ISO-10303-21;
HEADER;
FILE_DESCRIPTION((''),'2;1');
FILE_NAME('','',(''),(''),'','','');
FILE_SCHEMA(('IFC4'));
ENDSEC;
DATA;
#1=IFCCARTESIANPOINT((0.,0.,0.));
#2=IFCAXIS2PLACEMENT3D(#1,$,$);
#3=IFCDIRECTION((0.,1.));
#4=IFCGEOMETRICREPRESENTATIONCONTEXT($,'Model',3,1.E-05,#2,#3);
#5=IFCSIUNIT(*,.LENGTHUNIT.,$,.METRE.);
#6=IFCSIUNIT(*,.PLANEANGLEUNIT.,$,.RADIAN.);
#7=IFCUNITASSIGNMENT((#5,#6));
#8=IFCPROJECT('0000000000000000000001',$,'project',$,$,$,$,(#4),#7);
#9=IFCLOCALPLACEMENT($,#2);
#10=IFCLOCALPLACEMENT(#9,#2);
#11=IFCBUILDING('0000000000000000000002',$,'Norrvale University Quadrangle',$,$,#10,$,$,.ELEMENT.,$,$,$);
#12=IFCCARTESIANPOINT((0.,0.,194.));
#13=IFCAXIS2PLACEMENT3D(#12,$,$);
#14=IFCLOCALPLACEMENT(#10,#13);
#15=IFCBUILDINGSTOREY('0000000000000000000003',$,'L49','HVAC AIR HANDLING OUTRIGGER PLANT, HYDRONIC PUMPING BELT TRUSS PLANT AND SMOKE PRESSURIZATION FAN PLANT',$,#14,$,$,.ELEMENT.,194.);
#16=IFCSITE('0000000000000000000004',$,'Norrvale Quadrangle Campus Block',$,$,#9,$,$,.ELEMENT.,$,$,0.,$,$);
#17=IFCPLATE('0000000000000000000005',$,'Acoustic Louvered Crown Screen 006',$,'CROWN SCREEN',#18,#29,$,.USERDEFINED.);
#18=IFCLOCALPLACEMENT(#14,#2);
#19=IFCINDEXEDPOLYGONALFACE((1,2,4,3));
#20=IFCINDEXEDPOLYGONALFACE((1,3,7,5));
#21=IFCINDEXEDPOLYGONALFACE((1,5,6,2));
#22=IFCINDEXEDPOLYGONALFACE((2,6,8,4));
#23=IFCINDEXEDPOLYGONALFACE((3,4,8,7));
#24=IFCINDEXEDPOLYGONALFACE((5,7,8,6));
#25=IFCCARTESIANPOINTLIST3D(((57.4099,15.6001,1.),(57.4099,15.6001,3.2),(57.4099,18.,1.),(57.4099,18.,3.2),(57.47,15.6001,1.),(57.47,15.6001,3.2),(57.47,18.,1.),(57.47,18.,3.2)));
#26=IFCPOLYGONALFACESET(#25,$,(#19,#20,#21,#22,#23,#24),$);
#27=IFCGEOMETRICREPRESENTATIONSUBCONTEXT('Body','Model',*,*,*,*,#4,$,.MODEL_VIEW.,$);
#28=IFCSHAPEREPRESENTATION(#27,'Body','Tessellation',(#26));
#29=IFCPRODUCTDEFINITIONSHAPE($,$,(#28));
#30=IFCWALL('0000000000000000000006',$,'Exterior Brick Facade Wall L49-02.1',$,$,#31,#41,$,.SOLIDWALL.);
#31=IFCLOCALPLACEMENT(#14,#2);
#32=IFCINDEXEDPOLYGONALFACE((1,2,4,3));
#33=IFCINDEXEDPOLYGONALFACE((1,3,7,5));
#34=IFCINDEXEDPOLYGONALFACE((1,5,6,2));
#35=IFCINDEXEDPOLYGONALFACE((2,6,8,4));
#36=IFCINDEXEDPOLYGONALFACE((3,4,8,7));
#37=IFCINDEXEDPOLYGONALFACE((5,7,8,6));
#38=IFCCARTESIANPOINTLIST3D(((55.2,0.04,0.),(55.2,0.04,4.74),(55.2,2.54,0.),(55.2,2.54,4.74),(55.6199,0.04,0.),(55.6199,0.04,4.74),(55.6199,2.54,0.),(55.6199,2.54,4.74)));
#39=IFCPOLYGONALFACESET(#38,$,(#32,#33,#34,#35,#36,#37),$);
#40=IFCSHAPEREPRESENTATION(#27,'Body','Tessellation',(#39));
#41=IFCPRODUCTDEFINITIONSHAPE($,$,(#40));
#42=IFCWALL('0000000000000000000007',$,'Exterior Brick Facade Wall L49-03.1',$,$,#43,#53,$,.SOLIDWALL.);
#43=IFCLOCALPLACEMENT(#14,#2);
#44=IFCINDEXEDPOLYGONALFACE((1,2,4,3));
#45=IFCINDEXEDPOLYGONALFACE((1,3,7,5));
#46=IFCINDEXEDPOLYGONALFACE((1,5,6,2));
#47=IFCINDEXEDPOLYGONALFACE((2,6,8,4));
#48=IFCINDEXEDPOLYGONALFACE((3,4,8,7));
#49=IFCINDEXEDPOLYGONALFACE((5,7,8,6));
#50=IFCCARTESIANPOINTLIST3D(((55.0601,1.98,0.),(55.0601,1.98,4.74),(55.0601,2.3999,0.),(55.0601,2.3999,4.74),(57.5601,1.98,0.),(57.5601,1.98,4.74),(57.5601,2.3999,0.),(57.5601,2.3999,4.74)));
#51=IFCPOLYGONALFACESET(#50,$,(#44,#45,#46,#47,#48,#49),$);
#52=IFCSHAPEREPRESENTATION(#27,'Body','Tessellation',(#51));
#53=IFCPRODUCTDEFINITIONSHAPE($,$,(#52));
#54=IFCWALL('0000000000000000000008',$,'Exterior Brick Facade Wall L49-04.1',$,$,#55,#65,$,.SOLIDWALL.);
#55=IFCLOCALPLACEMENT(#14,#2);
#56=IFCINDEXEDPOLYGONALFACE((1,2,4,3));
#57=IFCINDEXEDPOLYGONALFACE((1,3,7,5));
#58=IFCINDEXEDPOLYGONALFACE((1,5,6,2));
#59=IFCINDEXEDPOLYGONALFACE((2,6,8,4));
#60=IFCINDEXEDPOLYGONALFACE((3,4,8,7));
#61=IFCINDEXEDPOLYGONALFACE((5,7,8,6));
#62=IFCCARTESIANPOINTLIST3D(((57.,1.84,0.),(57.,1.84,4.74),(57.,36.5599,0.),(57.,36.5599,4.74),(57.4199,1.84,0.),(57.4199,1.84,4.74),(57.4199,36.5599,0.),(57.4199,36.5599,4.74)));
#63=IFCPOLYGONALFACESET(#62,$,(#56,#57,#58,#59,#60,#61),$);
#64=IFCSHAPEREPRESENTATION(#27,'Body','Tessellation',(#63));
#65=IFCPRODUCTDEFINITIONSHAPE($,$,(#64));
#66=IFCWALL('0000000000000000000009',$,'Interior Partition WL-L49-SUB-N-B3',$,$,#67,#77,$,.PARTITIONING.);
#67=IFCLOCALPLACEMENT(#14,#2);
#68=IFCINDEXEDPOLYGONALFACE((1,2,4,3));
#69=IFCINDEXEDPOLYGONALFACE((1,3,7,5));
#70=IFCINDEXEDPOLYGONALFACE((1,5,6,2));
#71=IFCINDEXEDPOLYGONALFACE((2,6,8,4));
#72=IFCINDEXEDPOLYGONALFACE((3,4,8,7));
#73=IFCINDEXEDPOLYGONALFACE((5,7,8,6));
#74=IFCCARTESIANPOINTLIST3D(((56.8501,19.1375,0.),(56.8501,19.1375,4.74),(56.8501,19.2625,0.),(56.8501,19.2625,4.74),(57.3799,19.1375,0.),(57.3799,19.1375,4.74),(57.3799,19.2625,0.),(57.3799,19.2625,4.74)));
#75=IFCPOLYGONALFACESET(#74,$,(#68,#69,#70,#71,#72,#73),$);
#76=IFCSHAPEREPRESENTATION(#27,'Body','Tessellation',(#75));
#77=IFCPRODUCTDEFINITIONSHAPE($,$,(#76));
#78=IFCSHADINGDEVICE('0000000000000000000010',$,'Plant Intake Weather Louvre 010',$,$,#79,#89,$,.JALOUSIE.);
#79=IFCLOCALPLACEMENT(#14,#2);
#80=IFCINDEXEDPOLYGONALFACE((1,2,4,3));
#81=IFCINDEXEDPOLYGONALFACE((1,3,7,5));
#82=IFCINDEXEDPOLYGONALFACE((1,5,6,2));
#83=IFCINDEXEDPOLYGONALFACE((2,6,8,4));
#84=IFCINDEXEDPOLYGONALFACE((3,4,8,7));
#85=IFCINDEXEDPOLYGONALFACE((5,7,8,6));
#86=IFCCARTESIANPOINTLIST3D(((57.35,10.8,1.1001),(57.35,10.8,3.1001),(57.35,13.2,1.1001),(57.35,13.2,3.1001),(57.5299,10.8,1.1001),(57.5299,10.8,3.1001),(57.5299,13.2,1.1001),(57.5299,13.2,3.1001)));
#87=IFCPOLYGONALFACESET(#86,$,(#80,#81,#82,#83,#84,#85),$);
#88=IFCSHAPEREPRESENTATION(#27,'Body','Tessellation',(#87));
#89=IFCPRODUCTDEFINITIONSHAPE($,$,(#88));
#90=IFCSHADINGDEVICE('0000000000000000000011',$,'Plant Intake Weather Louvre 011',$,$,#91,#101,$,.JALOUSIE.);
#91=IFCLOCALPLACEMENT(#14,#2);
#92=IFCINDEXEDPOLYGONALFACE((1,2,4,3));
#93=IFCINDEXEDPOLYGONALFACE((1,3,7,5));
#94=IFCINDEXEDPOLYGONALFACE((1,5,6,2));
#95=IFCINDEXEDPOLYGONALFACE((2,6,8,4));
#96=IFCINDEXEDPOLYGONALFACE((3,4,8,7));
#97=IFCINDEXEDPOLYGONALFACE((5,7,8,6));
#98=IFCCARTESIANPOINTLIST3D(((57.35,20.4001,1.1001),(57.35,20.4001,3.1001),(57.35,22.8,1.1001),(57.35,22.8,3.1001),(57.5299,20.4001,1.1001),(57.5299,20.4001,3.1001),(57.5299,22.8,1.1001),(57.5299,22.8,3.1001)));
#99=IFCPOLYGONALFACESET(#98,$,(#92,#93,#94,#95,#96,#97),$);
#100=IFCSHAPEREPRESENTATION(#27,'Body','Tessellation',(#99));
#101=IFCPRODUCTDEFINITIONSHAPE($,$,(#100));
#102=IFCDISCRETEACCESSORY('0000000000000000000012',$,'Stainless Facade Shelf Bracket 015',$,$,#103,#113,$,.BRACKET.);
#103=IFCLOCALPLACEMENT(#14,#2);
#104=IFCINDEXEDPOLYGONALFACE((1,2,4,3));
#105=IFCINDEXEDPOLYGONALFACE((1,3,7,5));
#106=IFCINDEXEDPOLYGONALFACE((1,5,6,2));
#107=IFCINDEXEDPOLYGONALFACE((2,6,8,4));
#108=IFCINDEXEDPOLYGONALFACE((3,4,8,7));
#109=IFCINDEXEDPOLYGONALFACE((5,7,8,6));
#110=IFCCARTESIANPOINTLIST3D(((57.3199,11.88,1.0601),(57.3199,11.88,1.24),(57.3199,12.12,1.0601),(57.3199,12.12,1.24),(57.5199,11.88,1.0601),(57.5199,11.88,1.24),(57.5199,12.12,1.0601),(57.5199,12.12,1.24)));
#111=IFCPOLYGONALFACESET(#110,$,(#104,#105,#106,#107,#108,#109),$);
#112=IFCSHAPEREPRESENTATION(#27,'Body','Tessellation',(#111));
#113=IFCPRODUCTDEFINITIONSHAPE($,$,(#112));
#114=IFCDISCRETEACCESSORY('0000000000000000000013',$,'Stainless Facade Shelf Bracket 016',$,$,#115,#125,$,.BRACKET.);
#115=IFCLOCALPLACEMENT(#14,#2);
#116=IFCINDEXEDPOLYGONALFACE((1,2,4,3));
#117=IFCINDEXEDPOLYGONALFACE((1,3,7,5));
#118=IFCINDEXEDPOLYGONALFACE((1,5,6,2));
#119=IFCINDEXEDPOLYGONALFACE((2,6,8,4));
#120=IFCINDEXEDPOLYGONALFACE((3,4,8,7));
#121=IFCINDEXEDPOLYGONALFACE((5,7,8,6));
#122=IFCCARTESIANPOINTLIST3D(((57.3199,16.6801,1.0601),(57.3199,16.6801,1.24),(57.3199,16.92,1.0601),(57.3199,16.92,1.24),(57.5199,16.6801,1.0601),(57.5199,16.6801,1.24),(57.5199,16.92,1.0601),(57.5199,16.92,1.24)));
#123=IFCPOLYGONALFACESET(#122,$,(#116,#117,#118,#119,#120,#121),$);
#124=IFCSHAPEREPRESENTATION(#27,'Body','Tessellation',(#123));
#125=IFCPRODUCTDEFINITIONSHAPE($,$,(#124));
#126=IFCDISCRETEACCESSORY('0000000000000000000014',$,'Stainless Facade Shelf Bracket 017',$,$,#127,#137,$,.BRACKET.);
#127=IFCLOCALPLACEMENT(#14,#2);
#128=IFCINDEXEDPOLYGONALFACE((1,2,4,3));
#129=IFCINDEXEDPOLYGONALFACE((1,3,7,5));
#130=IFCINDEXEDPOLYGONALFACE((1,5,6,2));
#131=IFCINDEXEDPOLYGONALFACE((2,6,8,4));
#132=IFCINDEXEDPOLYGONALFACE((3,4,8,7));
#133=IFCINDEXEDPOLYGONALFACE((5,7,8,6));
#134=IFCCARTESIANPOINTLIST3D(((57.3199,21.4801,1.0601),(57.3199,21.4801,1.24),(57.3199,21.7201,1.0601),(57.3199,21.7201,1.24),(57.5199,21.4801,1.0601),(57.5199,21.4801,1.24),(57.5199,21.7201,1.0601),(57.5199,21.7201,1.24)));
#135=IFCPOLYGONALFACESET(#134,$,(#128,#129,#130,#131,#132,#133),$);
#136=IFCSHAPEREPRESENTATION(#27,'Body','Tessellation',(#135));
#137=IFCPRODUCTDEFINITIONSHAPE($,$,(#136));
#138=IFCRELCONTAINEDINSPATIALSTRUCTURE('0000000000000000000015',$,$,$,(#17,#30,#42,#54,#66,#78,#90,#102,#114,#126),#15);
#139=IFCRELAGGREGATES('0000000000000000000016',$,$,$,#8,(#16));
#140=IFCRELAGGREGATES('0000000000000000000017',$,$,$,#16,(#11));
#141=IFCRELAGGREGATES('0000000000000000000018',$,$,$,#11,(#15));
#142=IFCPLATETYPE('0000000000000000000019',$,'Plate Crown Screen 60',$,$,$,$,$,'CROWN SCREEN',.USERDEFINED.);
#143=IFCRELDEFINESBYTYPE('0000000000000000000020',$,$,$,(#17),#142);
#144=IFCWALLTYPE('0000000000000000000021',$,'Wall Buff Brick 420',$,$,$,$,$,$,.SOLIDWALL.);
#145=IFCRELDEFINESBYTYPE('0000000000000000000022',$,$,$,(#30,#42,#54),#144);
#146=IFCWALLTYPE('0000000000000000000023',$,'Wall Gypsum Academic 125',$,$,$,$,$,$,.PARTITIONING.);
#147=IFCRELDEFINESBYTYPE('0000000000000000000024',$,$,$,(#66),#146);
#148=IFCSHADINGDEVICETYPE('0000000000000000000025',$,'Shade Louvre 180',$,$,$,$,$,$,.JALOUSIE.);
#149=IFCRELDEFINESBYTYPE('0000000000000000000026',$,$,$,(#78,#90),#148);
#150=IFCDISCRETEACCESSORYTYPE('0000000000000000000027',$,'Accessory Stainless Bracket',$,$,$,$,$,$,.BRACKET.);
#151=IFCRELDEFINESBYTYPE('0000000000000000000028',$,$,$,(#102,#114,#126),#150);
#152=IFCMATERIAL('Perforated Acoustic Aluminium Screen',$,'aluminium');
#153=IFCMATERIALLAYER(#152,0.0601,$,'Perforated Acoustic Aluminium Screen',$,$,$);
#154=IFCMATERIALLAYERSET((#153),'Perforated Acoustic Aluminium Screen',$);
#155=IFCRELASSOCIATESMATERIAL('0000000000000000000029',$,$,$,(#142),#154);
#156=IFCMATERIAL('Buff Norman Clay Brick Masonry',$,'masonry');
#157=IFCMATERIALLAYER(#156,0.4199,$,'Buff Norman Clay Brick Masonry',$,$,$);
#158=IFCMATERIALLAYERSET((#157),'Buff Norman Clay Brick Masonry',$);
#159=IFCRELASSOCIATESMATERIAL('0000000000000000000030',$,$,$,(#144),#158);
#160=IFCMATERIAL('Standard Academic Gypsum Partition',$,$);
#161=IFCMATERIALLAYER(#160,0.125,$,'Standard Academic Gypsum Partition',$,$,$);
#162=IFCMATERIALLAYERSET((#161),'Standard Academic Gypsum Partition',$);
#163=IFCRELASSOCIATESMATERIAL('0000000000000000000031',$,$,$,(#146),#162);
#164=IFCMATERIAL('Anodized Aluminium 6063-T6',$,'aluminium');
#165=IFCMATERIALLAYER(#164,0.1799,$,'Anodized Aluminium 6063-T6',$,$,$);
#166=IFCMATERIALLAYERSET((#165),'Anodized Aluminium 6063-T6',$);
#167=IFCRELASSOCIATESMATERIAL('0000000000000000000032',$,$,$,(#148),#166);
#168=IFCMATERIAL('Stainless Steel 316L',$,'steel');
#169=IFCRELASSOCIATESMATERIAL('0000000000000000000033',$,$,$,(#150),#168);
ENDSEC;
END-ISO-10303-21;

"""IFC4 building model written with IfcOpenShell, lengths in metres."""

from ifc_helpers import new_model, si_unit, direction, frame, frame_2d, origin, origin_2d, place, context, subcontext, project, spatial, rectangle, extrude, material, layer, layer_set, type_object, element, save


model = new_model("IFC4")

# Units and contexts
model_context = context("Model", 3, precision=1e-05, world=origin(), true_north=direction((0.0, 1.0)))
body_context = subcontext(model_context, "Body", "Model", "MODEL_VIEW")
ifc_project = project(units=[si_unit("LENGTHUNIT", "METRE"), si_unit("PLANEANGLEUNIT", "RADIAN")], contexts=[model_context])

# Site, building, storey
site_placement = place(None, origin())
site = spatial("IfcSite", under=ifc_project, at=site_placement, Name="Norrvale Quadrangle Campus Block", CompositionType="ELEMENT", RefElevation=0.0)
building_placement = place(site_placement, origin())
building = spatial("IfcBuilding", under=site, at=building_placement, Name="Norrvale University Quadrangle", CompositionType="ELEMENT")
storey_placement = place(building_placement, frame((0.0, 0.0, 194.0)))
storey = spatial("IfcBuildingStorey", under=building, at=storey_placement, Name="L49", Description="HVAC AIR HANDLING OUTRIGGER PLANT, HYDRONIC PUMPING BELT TRUSS PLANT AND SMOKE PRESSURIZATION FAN PLANT", CompositionType="ELEMENT", Elevation=194.0)

# Plate
ifc_material_1 = material(Name="Perforated Acoustic Aluminium Screen", Category="aluminium")
ifc_layer_1 = layer(ifc_material_1, 0.0601, Name="Perforated Acoustic Aluminium Screen")
ifc_layer_set_1 = layer_set([ifc_layer_1], Name="Perforated Acoustic Aluminium Screen")
plate_type = type_object("IfcPlateType", Name="Plate Crown Screen 60", ElementType="CROWN SCREEN", PredefinedType="USERDEFINED", material=ifc_layer_set_1)
plate_placement = place(storey_placement, frame((57.4399, 16.8, 1.0), z_axis=(0.0, 0.0, 1.0), x_axis=(0.0, 1.0, 0.0)))
element("IfcPlate", 1, at=plate_placement, inside=storey, type_object=plate_type, Name="Acoustic Louvered Crown Screen 006", ObjectType="CROWN SCREEN", PredefinedType="USERDEFINED", context=body_context, shape_type="SweptSolid", body=[
    extrude(rectangle(XDim=2.3999, YDim=0.0601, at=origin_2d()), origin(), (0.0, 0.0, 1.0), 2.2),
])

# Walls
ifc_material_2 = material(Name="Buff Norman Clay Brick Masonry", Category="masonry")
ifc_layer_2 = layer(ifc_material_2, 0.4199, Name="Buff Norman Clay Brick Masonry")
ifc_layer_set_2 = layer_set([ifc_layer_2], Name="Buff Norman Clay Brick Masonry")
wall_type_1 = type_object("IfcWallType", Name="Wall Buff Brick 420", PredefinedType="SOLIDWALL", material=ifc_layer_set_2)
for number, where, z_axis, x_axis, name in (
    (2, (55.4099, 0.04, 0.0), (0.0, 0.0, 1.0), (0.0, 1.0, 0.0), "Exterior Brick Facade Wall L49-02.1"),
    (3, (55.0601, 2.1899, 0.0), (0.0, 0.0, 1.0), (1.0, 0.0, 0.0), "Exterior Brick Facade Wall L49-03.1"),
):
    element("IfcWall", number, at=place(storey_placement, frame(where, z_axis=z_axis, x_axis=x_axis)), inside=storey, type_object=wall_type_1, Name=name, PredefinedType="SOLIDWALL", context=body_context, shape_type="SweptSolid", body=[
        extrude(rectangle(XDim=2.5, YDim=0.4199, at=frame_2d((1.25, 0.0))), origin(), (0.0, 0.0, 1.0), 4.74),
    ])
wall_1_placement = place(storey_placement, frame((57.21, 1.8401, 0.0), z_axis=(0.0, 0.0, 1.0), x_axis=(0.0, 1.0, 0.0)))
element("IfcWall", 4, at=wall_1_placement, inside=storey, type_object=wall_type_1, Name="Exterior Brick Facade Wall L49-04.1", PredefinedType="SOLIDWALL", context=body_context, shape_type="SweptSolid", body=[
    extrude(rectangle(XDim=34.72, YDim=0.4199, at=frame_2d((17.3599, 0.0))), origin(), (0.0, 0.0, 1.0), 4.74),
])
ifc_material_3 = material(Name="Standard Academic Gypsum Partition")
ifc_layer_3 = layer(ifc_material_3, 0.125, Name="Standard Academic Gypsum Partition")
ifc_layer_set_3 = layer_set([ifc_layer_3], Name="Standard Academic Gypsum Partition")
wall_type_2 = type_object("IfcWallType", Name="Wall Gypsum Academic 125", PredefinedType="PARTITIONING", material=ifc_layer_set_3)
wall_2_placement = place(storey_placement, frame((56.8501, 19.2, 0.0), z_axis=(0.0, 0.0, 1.0), x_axis=(1.0, 0.0, 0.0)))
element("IfcWall", 5, at=wall_2_placement, inside=storey, type_object=wall_type_2, Name="Interior Partition WL-L49-SUB-N-B3", PredefinedType="PARTITIONING", context=body_context, shape_type="SweptSolid", body=[
    extrude(rectangle(XDim=0.5298, YDim=0.125, at=frame_2d((0.2649, 0.0))), origin(), (0.0, 0.0, 1.0), 4.74),
])

# Shading devices
ifc_material_4 = material(Name="Anodized Aluminium 6063-T6", Category="aluminium")
ifc_layer_4 = layer(ifc_material_4, 0.1799, Name="Anodized Aluminium 6063-T6")
ifc_layer_set_4 = layer_set([ifc_layer_4], Name="Anodized Aluminium 6063-T6")
shading_device_type = type_object("IfcShadingDeviceType", Name="Shade Louvre 180", PredefinedType="JALOUSIE", material=ifc_layer_set_4)
for number, where, z_axis, x_axis, name in (
    (6, (57.4399, 12.0, 1.1001), (0.0, 0.0, 1.0), (0.0, 1.0, 0.0), "Plant Intake Weather Louvre 010"),
    (7, (57.4399, 21.6001, 1.1001), (0.0, 0.0, 1.0), (0.0, 1.0, 0.0), "Plant Intake Weather Louvre 011"),
):
    element("IfcShadingDevice", number, at=place(storey_placement, frame(where, z_axis=z_axis, x_axis=x_axis)), inside=storey, type_object=shading_device_type, Name=name, PredefinedType="JALOUSIE", context=body_context, shape_type="SweptSolid", body=[
        extrude(rectangle(XDim=2.3999, YDim=0.1799, at=origin_2d()), origin(), (0.0, 0.0, 1.0), 2.0),
    ])

# Discrete accessories
ifc_material_5 = material(Name="Stainless Steel 316L", Category="steel")
discrete_accessory_type = type_object("IfcDiscreteAccessoryType", Name="Accessory Stainless Bracket", PredefinedType="BRACKET", material=ifc_material_5)
for number, where, z_axis, x_axis, name in (
    (8, (57.4199, 12.0, 1.0601), (0.0, 0.0, 1.0), (0.0, 1.0, 0.0), "Stainless Facade Shelf Bracket 015"),
    (9, (57.4199, 16.8, 1.0601), (0.0, 0.0, 1.0), (0.0, 1.0, 0.0), "Stainless Facade Shelf Bracket 016"),
    (10, (57.4199, 21.6001, 1.0601), (0.0, 0.0, 1.0), (0.0, 1.0, 0.0), "Stainless Facade Shelf Bracket 017"),
):
    element("IfcDiscreteAccessory", number, at=place(storey_placement, frame(where, z_axis=z_axis, x_axis=x_axis)), inside=storey, type_object=discrete_accessory_type, Name=name, PredefinedType="BRACKET", context=body_context, shape_type="SweptSolid", body=[
        extrude(rectangle(XDim=0.24, YDim=0.2, at=origin_2d()), origin(), (0.0, 0.0, 1.0), 0.1799),
    ])

save(model, "model.ifc")
